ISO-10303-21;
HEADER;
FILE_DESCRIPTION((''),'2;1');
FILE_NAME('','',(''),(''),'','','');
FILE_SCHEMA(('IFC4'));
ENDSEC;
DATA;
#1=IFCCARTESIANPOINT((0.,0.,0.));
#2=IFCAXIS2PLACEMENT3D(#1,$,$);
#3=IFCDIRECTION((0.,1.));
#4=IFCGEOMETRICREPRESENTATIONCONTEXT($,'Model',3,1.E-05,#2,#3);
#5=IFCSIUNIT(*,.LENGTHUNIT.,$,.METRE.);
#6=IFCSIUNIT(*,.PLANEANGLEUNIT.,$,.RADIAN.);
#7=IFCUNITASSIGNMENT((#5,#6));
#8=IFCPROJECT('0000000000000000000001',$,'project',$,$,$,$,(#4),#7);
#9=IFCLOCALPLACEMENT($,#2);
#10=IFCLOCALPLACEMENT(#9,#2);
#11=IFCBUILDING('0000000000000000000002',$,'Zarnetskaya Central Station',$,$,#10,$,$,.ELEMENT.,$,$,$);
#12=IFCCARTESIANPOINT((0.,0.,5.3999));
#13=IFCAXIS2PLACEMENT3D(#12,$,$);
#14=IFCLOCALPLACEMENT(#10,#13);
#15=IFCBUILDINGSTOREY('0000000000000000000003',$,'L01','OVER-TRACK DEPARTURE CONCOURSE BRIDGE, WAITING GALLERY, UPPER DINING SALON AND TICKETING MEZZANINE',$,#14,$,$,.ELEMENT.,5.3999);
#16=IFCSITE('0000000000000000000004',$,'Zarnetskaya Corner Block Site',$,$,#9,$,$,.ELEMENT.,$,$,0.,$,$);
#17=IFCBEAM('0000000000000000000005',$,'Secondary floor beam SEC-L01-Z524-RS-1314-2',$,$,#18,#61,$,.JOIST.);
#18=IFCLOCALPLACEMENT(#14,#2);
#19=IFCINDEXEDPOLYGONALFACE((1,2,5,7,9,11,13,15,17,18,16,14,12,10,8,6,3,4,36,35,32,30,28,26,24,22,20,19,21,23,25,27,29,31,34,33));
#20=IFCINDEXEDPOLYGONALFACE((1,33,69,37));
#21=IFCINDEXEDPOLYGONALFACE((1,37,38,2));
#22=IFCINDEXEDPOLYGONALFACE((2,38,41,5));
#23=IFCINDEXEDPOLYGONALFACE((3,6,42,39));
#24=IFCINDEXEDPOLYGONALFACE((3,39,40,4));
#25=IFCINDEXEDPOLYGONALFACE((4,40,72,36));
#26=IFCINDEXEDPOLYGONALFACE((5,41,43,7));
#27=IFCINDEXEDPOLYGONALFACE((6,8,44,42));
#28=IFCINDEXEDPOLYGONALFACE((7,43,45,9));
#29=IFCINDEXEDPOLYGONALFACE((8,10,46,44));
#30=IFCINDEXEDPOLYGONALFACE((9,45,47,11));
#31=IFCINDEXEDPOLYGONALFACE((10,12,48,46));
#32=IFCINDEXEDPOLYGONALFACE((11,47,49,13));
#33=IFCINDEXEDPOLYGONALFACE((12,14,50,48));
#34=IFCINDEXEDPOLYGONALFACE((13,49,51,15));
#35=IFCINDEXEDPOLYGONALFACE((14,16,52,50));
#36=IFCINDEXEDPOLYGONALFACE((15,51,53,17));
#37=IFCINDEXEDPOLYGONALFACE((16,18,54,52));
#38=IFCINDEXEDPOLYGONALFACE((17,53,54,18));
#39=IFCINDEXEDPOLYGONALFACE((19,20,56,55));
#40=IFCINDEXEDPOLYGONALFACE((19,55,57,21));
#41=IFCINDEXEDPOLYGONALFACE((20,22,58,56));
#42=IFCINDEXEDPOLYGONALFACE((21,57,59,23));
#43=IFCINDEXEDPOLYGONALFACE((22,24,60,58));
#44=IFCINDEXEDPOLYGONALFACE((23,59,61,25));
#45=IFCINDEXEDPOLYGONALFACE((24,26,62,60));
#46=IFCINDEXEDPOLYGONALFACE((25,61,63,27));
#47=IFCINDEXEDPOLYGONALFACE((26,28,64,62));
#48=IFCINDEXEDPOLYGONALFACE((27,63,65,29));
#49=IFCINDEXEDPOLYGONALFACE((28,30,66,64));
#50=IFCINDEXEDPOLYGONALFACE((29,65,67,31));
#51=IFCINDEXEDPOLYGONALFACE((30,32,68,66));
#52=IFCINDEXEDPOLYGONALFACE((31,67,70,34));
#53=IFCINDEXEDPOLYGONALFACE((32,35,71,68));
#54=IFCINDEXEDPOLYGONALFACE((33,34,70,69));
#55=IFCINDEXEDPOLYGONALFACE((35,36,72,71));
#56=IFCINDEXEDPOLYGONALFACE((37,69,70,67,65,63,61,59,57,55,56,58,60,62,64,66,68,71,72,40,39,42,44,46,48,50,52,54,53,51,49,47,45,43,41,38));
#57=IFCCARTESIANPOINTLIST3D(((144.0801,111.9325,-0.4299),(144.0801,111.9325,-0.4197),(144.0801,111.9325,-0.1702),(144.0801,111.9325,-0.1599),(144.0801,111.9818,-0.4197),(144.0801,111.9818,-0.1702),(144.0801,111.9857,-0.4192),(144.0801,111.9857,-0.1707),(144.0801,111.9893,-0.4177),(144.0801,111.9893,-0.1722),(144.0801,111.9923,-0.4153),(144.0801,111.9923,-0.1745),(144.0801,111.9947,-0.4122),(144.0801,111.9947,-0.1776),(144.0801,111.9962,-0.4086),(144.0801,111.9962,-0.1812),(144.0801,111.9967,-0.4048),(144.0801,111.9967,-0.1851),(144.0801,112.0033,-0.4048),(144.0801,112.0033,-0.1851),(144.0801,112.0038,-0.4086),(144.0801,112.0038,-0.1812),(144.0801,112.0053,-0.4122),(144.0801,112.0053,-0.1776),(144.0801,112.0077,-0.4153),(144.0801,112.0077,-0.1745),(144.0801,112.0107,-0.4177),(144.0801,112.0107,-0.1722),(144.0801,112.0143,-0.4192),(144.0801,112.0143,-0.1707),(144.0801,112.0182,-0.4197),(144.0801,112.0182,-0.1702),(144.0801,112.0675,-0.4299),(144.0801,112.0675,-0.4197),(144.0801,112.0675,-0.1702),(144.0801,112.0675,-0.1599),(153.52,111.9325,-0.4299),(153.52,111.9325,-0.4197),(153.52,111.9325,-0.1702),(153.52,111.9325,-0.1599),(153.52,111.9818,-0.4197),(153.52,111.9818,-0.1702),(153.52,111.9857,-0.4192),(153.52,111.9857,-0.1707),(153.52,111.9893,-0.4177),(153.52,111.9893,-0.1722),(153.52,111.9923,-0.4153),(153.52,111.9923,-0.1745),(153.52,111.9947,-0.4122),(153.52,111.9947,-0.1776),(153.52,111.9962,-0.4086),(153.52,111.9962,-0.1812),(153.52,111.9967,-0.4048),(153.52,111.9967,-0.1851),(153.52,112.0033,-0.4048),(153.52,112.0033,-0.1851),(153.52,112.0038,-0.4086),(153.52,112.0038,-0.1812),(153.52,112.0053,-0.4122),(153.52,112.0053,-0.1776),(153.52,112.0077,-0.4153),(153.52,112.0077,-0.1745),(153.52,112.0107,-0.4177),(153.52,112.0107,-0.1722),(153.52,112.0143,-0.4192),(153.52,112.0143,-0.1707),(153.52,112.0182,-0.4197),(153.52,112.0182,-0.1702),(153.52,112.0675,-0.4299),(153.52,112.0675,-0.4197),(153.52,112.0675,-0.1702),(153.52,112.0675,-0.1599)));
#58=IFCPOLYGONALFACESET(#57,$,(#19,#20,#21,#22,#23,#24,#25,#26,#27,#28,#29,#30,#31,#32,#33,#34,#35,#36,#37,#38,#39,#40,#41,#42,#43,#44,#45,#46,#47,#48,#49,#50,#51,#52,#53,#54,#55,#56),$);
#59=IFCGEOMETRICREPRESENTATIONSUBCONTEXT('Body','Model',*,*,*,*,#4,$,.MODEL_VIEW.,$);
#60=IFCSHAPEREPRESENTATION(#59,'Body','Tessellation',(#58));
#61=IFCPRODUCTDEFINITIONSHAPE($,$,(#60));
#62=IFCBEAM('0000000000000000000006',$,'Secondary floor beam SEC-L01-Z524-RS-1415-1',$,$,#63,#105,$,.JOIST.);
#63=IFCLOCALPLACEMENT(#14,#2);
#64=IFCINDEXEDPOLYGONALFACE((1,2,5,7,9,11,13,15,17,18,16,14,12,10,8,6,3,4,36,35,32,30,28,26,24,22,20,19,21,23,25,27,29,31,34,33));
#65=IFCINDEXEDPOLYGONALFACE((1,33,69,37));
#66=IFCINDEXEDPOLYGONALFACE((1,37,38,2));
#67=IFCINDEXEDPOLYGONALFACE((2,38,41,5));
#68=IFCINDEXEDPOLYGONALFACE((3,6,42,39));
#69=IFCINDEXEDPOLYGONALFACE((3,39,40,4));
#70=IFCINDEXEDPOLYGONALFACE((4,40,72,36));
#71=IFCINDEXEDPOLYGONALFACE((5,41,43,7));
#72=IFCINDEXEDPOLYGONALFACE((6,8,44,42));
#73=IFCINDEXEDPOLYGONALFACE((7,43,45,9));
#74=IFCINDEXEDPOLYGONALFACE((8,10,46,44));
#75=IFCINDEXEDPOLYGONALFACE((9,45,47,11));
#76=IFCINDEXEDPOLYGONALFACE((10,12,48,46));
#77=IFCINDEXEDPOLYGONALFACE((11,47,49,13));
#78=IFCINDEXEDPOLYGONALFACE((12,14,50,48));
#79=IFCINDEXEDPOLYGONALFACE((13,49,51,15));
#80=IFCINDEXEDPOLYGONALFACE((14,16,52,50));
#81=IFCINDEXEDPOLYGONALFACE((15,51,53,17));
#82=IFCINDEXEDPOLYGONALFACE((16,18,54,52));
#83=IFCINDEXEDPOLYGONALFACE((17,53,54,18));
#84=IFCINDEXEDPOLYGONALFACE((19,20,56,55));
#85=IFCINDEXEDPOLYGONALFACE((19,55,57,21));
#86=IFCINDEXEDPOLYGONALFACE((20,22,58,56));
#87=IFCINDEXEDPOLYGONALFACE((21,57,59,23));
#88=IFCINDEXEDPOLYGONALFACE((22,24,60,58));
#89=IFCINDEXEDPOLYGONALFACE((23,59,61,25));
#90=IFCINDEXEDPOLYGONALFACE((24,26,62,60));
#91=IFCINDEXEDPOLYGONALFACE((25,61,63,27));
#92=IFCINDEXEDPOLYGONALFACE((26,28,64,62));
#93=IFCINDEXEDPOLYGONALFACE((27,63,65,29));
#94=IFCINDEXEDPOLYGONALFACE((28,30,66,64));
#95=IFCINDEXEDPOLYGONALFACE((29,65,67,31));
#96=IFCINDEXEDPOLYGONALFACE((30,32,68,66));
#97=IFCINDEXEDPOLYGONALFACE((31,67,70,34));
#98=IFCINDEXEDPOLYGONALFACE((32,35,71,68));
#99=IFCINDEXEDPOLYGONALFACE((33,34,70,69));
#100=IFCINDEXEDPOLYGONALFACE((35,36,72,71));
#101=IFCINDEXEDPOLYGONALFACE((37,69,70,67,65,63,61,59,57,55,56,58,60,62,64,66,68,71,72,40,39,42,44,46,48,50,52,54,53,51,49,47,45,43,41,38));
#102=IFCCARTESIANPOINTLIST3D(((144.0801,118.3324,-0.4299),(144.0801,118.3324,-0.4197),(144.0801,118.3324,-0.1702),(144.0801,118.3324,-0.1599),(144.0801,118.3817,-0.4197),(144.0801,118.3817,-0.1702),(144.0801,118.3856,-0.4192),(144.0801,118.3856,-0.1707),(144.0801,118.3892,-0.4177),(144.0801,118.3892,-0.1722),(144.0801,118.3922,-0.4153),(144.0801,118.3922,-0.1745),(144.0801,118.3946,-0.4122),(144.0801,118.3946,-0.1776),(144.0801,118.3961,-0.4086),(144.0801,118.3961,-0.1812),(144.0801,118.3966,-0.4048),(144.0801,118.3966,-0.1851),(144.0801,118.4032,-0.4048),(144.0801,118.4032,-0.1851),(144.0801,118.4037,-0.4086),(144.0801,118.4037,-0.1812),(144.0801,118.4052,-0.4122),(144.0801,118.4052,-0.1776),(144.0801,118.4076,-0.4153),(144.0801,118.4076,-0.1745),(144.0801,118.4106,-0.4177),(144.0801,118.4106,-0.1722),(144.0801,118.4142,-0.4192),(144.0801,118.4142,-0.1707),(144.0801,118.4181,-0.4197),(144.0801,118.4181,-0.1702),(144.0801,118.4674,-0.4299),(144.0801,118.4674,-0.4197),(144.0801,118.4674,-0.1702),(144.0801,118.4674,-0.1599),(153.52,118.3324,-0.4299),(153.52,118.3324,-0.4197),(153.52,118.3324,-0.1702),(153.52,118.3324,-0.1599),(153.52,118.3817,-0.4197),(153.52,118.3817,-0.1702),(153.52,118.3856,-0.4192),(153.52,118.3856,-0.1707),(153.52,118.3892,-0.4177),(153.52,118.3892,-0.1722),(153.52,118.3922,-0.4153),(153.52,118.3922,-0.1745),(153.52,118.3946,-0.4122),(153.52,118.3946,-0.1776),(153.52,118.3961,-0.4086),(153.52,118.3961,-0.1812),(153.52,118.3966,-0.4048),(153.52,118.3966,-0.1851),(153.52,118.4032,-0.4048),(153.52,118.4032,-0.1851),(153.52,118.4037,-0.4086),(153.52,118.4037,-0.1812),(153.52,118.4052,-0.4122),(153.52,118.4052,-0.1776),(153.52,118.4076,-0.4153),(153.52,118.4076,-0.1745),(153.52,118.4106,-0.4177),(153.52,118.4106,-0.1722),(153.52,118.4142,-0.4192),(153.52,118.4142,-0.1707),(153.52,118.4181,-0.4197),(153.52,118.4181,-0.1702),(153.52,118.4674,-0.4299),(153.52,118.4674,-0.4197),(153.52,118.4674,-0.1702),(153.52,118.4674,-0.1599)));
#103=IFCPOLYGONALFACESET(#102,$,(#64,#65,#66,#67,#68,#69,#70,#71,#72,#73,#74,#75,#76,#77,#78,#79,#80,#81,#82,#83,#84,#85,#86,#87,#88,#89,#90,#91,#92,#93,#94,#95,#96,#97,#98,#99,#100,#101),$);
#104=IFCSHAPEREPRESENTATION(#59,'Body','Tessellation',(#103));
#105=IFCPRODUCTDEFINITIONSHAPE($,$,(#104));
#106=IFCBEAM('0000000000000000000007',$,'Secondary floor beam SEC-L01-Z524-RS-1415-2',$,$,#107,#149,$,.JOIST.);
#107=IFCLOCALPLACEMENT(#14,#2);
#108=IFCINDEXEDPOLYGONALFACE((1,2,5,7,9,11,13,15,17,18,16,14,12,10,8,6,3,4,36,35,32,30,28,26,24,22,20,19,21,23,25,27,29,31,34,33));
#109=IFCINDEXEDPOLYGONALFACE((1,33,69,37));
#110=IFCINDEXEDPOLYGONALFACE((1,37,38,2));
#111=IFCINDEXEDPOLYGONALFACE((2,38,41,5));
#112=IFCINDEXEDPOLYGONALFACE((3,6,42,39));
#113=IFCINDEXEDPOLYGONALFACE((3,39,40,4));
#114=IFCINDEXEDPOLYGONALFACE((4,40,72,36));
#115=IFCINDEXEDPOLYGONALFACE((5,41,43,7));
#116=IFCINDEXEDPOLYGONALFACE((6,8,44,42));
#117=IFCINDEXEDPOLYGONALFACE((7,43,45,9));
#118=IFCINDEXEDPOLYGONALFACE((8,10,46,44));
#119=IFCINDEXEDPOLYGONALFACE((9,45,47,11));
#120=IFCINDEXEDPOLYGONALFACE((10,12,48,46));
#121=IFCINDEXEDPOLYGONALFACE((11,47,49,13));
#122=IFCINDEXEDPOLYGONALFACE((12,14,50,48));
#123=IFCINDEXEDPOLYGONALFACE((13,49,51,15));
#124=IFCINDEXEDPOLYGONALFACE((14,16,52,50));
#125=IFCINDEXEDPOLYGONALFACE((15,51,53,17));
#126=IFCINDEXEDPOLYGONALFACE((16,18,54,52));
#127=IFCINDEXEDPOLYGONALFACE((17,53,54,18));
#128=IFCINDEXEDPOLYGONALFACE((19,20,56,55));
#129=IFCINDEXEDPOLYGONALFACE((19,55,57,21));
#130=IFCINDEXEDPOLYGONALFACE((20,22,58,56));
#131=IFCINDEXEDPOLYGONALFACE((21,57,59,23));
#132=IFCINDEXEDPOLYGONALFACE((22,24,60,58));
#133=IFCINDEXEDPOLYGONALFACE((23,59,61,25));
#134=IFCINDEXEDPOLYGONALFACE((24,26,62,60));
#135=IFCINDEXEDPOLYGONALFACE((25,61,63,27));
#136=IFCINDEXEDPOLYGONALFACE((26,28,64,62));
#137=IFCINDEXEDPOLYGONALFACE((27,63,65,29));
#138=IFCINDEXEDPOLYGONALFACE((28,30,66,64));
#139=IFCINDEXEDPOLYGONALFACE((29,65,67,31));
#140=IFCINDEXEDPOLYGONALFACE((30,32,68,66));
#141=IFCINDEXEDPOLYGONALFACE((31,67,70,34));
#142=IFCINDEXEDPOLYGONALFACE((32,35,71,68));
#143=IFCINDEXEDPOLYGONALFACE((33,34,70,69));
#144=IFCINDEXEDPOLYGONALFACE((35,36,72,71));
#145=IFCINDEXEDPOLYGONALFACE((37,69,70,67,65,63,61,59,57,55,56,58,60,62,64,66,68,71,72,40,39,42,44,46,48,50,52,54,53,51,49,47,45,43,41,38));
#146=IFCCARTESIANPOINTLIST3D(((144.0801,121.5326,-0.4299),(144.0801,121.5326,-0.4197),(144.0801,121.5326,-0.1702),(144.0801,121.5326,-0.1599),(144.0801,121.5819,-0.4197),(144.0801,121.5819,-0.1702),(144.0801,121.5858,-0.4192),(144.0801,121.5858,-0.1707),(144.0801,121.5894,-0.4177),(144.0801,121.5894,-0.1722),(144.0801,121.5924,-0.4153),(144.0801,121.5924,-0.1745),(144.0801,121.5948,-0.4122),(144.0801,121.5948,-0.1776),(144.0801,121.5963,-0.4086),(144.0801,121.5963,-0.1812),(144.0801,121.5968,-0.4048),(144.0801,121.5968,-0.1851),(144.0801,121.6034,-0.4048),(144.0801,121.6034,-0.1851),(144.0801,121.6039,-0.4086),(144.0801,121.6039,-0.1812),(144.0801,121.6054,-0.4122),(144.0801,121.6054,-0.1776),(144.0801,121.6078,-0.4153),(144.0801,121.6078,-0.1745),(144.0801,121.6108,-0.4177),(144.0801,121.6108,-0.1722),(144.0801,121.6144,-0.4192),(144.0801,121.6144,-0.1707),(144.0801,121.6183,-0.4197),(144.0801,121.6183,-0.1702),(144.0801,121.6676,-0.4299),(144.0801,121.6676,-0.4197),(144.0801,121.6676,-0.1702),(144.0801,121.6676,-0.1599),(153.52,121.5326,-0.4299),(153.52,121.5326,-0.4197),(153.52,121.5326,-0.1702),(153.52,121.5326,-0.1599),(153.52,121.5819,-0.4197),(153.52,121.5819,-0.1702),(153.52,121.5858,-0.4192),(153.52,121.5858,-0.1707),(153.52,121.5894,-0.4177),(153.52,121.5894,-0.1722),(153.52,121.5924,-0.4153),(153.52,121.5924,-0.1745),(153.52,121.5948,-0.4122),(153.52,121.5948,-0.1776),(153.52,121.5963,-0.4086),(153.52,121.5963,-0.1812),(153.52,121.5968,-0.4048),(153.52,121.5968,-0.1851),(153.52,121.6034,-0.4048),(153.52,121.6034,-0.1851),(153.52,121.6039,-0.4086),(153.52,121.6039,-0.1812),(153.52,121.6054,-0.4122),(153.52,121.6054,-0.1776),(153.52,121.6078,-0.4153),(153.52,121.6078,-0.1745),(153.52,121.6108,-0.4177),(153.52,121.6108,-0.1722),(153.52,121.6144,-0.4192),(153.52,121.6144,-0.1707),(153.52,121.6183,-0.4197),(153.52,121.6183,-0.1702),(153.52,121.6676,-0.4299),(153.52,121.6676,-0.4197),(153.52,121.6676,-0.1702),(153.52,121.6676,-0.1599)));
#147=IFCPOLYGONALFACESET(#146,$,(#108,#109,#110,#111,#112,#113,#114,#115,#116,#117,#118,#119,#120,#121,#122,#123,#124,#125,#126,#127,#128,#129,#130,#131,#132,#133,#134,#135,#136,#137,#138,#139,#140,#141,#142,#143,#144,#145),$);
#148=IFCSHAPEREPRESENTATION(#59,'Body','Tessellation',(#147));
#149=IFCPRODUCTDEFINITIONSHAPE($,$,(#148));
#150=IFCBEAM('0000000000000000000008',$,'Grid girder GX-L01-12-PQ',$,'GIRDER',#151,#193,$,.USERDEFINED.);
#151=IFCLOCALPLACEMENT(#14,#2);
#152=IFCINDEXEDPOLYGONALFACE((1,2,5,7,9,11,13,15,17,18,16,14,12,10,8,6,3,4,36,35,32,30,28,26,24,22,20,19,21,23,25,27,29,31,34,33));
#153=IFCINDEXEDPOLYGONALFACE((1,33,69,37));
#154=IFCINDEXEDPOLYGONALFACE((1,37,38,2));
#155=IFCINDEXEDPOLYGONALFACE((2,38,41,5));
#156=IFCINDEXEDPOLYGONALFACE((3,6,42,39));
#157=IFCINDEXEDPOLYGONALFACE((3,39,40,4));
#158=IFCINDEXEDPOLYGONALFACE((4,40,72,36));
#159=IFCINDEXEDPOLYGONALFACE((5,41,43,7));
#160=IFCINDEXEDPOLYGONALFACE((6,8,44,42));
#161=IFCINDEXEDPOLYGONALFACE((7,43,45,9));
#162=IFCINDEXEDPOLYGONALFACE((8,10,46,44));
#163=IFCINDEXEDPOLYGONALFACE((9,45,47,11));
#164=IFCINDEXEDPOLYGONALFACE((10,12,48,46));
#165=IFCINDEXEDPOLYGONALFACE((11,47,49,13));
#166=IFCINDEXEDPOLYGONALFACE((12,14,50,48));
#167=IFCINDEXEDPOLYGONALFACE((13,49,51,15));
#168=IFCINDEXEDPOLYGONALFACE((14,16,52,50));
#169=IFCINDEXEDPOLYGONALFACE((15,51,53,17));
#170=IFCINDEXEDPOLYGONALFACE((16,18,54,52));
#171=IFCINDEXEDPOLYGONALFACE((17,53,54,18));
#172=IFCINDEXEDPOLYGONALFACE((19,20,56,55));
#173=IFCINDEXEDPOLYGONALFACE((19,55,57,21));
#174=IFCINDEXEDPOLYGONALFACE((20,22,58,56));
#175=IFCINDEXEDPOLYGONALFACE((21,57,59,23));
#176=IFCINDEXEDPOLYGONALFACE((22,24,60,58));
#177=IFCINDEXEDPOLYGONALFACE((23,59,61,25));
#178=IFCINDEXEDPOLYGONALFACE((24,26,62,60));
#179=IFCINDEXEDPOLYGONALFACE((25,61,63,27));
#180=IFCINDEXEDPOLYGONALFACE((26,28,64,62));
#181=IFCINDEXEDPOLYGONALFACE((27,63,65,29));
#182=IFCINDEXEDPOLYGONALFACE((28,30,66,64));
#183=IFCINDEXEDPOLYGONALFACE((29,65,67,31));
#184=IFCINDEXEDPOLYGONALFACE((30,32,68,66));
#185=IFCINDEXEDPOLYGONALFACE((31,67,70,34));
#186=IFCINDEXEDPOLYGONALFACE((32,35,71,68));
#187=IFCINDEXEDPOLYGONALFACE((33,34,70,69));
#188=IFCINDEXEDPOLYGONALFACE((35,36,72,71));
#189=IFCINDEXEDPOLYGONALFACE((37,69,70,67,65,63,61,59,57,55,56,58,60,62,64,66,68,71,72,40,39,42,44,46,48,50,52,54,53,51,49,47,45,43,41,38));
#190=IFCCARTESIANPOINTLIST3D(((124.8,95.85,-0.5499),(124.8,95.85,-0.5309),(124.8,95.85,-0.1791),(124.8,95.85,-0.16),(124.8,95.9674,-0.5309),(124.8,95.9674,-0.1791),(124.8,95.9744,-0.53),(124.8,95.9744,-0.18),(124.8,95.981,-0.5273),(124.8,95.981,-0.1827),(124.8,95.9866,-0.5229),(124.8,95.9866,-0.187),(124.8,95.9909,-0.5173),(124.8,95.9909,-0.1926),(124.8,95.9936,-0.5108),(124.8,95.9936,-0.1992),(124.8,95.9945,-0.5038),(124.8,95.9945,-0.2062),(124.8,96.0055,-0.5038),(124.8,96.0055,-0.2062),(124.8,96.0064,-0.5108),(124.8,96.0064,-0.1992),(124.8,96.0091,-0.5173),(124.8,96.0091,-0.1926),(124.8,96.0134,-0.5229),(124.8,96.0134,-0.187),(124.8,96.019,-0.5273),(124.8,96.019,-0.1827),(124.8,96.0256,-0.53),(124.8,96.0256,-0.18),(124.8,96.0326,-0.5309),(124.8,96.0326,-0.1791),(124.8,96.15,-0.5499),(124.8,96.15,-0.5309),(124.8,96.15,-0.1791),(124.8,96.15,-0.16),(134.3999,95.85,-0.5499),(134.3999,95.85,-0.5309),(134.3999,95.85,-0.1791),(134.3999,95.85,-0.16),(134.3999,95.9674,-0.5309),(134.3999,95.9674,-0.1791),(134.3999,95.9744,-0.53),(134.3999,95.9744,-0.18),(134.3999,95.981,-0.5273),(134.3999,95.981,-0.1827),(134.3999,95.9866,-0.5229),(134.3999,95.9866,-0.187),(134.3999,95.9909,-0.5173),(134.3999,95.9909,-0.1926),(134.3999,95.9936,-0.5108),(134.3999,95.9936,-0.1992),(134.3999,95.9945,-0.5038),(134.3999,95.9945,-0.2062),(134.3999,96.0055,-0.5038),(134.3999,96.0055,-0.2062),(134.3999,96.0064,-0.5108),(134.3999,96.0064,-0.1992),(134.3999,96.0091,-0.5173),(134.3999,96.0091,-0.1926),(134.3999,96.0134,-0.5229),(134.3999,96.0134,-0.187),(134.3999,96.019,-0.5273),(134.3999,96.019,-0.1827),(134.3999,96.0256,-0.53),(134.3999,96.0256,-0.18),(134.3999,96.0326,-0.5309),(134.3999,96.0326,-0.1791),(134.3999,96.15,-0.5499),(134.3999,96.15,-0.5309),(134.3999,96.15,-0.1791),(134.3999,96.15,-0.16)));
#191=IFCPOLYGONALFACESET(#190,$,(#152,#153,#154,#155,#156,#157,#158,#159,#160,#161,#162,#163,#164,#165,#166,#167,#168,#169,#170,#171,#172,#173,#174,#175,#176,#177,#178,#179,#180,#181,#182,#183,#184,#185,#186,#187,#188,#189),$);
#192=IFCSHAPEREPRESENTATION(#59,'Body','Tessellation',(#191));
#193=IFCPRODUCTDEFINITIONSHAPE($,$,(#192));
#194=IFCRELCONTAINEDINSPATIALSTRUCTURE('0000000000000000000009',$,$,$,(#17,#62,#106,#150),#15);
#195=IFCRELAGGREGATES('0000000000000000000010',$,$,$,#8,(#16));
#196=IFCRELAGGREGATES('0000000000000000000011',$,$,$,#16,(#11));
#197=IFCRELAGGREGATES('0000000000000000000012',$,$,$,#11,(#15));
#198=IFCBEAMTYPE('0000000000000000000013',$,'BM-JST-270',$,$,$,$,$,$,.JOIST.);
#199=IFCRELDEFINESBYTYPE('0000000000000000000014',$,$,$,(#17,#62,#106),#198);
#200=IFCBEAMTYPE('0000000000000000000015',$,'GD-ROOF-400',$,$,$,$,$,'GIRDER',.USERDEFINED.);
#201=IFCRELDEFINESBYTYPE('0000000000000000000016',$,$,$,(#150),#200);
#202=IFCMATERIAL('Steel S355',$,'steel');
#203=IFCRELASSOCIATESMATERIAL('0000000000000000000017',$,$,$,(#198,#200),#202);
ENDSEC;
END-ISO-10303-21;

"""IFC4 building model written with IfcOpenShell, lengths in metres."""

from ifc_helpers import new_model, si_unit, direction, frame, origin, origin_2d, place, context, subcontext, project, spatial, i_section, extrude, material, material_profile, profile_set, type_object, element, save


model = new_model("IFC4")

# Units and contexts
model_context = context("Model", 3, precision=1e-05, world=origin(), true_north=direction((0.0, 1.0)))
body_context = subcontext(model_context, "Body", "Model", "MODEL_VIEW")
ifc_project = project(units=[si_unit("LENGTHUNIT", "METRE"), si_unit("PLANEANGLEUNIT", "RADIAN")], contexts=[model_context])

# Site, building, storey
site_placement = place(None, origin())
site = spatial("IfcSite", under=ifc_project, at=site_placement, Name="Zarnetskaya Corner Block Site", CompositionType="ELEMENT", RefElevation=0.0)
building_placement = place(site_placement, origin())
building = spatial("IfcBuilding", under=site, at=building_placement, Name="Zarnetskaya Central Station", CompositionType="ELEMENT")
storey_placement = place(building_placement, frame((0.0, 0.0, 5.3999)))
storey = spatial("IfcBuildingStorey", under=building, at=storey_placement, Name="L01", Description="OVER-TRACK DEPARTURE CONCOURSE BRIDGE, WAITING GALLERY, UPPER DINING SALON AND TICKETING MEZZANINE", CompositionType="ELEMENT", Elevation=5.3999)

# Shared definitions
ifc_material = material(Name="Steel S355", Category="steel")

# Beams
ifc_material_profile_1 = material_profile(ifc_material, i_section(OverallWidth=0.135, OverallDepth=0.27, WebThickness=0.0066, FlangeThickness=0.0103, FilletRadius=0.0149, at=origin_2d()), Name="IPE 270")
ifc_profile_set_1 = profile_set([ifc_material_profile_1], Name="Steel S355")
beam_type_1 = type_object("IfcBeamType", Name="BM-JST-270", PredefinedType="JOIST", material=ifc_profile_set_1)
for number, where, z_axis, x_axis, name in (
    (1, (144.0801, 112.0, -0.2949), (1.0, 0.0, 0.0), (0.0, 1.0, 0.0), "Secondary floor beam SEC-L01-Z524-RS-1314-2"),
    (2, (144.0801, 118.3999, -0.2949), (1.0, 0.0, 0.0), (0.0, 1.0, 0.0), "Secondary floor beam SEC-L01-Z524-RS-1415-1"),
    (3, (144.0801, 121.6001, -0.2949), (1.0, 0.0, 0.0), (0.0, 1.0, 0.0), "Secondary floor beam SEC-L01-Z524-RS-1415-2"),
):
    element("IfcBeam", number, at=place(storey_placement, frame(where, z_axis=z_axis, x_axis=x_axis)), inside=storey, type_object=beam_type_1, Name=name, PredefinedType="JOIST", context=body_context, shape_type="SweptSolid", body=[
        extrude(i_section(OverallWidth=0.135, OverallDepth=0.27, WebThickness=0.0066, FlangeThickness=0.0103, FilletRadius=0.0149, at=origin_2d()), origin(), (0.0, 0.0, 1.0), 9.4399),
    ])
ifc_material_profile_2 = material_profile(ifc_material, i_section(OverallWidth=0.3, OverallDepth=0.3899, WebThickness=0.011, FlangeThickness=0.019, FilletRadius=0.0271, at=origin_2d()), Name="HEA 400")
ifc_profile_set_2 = profile_set([ifc_material_profile_2], Name="Steel S355")
beam_type_2 = type_object("IfcBeamType", Name="GD-ROOF-400", ElementType="GIRDER", PredefinedType="USERDEFINED", material=ifc_profile_set_2)
for number, where, z_axis, x_axis, name in (
    (4, (124.8, 96.0, -0.355), (1.0, 0.0, 0.0), (0.0, 1.0, 0.0), "Grid girder GX-L01-12-PQ"),
):
    element("IfcBeam", number, at=place(storey_placement, frame(where, z_axis=z_axis, x_axis=x_axis)), inside=storey, type_object=beam_type_2, Name=name, ObjectType="GIRDER", PredefinedType="USERDEFINED", context=body_context, shape_type="SweptSolid", body=[
        extrude(i_section(OverallWidth=0.3, OverallDepth=0.3899, WebThickness=0.011, FlangeThickness=0.019, FilletRadius=0.0271, at=origin_2d()), origin(), (0.0, 0.0, 1.0), 9.5999),
    ])

save(model, "model.ifc")
